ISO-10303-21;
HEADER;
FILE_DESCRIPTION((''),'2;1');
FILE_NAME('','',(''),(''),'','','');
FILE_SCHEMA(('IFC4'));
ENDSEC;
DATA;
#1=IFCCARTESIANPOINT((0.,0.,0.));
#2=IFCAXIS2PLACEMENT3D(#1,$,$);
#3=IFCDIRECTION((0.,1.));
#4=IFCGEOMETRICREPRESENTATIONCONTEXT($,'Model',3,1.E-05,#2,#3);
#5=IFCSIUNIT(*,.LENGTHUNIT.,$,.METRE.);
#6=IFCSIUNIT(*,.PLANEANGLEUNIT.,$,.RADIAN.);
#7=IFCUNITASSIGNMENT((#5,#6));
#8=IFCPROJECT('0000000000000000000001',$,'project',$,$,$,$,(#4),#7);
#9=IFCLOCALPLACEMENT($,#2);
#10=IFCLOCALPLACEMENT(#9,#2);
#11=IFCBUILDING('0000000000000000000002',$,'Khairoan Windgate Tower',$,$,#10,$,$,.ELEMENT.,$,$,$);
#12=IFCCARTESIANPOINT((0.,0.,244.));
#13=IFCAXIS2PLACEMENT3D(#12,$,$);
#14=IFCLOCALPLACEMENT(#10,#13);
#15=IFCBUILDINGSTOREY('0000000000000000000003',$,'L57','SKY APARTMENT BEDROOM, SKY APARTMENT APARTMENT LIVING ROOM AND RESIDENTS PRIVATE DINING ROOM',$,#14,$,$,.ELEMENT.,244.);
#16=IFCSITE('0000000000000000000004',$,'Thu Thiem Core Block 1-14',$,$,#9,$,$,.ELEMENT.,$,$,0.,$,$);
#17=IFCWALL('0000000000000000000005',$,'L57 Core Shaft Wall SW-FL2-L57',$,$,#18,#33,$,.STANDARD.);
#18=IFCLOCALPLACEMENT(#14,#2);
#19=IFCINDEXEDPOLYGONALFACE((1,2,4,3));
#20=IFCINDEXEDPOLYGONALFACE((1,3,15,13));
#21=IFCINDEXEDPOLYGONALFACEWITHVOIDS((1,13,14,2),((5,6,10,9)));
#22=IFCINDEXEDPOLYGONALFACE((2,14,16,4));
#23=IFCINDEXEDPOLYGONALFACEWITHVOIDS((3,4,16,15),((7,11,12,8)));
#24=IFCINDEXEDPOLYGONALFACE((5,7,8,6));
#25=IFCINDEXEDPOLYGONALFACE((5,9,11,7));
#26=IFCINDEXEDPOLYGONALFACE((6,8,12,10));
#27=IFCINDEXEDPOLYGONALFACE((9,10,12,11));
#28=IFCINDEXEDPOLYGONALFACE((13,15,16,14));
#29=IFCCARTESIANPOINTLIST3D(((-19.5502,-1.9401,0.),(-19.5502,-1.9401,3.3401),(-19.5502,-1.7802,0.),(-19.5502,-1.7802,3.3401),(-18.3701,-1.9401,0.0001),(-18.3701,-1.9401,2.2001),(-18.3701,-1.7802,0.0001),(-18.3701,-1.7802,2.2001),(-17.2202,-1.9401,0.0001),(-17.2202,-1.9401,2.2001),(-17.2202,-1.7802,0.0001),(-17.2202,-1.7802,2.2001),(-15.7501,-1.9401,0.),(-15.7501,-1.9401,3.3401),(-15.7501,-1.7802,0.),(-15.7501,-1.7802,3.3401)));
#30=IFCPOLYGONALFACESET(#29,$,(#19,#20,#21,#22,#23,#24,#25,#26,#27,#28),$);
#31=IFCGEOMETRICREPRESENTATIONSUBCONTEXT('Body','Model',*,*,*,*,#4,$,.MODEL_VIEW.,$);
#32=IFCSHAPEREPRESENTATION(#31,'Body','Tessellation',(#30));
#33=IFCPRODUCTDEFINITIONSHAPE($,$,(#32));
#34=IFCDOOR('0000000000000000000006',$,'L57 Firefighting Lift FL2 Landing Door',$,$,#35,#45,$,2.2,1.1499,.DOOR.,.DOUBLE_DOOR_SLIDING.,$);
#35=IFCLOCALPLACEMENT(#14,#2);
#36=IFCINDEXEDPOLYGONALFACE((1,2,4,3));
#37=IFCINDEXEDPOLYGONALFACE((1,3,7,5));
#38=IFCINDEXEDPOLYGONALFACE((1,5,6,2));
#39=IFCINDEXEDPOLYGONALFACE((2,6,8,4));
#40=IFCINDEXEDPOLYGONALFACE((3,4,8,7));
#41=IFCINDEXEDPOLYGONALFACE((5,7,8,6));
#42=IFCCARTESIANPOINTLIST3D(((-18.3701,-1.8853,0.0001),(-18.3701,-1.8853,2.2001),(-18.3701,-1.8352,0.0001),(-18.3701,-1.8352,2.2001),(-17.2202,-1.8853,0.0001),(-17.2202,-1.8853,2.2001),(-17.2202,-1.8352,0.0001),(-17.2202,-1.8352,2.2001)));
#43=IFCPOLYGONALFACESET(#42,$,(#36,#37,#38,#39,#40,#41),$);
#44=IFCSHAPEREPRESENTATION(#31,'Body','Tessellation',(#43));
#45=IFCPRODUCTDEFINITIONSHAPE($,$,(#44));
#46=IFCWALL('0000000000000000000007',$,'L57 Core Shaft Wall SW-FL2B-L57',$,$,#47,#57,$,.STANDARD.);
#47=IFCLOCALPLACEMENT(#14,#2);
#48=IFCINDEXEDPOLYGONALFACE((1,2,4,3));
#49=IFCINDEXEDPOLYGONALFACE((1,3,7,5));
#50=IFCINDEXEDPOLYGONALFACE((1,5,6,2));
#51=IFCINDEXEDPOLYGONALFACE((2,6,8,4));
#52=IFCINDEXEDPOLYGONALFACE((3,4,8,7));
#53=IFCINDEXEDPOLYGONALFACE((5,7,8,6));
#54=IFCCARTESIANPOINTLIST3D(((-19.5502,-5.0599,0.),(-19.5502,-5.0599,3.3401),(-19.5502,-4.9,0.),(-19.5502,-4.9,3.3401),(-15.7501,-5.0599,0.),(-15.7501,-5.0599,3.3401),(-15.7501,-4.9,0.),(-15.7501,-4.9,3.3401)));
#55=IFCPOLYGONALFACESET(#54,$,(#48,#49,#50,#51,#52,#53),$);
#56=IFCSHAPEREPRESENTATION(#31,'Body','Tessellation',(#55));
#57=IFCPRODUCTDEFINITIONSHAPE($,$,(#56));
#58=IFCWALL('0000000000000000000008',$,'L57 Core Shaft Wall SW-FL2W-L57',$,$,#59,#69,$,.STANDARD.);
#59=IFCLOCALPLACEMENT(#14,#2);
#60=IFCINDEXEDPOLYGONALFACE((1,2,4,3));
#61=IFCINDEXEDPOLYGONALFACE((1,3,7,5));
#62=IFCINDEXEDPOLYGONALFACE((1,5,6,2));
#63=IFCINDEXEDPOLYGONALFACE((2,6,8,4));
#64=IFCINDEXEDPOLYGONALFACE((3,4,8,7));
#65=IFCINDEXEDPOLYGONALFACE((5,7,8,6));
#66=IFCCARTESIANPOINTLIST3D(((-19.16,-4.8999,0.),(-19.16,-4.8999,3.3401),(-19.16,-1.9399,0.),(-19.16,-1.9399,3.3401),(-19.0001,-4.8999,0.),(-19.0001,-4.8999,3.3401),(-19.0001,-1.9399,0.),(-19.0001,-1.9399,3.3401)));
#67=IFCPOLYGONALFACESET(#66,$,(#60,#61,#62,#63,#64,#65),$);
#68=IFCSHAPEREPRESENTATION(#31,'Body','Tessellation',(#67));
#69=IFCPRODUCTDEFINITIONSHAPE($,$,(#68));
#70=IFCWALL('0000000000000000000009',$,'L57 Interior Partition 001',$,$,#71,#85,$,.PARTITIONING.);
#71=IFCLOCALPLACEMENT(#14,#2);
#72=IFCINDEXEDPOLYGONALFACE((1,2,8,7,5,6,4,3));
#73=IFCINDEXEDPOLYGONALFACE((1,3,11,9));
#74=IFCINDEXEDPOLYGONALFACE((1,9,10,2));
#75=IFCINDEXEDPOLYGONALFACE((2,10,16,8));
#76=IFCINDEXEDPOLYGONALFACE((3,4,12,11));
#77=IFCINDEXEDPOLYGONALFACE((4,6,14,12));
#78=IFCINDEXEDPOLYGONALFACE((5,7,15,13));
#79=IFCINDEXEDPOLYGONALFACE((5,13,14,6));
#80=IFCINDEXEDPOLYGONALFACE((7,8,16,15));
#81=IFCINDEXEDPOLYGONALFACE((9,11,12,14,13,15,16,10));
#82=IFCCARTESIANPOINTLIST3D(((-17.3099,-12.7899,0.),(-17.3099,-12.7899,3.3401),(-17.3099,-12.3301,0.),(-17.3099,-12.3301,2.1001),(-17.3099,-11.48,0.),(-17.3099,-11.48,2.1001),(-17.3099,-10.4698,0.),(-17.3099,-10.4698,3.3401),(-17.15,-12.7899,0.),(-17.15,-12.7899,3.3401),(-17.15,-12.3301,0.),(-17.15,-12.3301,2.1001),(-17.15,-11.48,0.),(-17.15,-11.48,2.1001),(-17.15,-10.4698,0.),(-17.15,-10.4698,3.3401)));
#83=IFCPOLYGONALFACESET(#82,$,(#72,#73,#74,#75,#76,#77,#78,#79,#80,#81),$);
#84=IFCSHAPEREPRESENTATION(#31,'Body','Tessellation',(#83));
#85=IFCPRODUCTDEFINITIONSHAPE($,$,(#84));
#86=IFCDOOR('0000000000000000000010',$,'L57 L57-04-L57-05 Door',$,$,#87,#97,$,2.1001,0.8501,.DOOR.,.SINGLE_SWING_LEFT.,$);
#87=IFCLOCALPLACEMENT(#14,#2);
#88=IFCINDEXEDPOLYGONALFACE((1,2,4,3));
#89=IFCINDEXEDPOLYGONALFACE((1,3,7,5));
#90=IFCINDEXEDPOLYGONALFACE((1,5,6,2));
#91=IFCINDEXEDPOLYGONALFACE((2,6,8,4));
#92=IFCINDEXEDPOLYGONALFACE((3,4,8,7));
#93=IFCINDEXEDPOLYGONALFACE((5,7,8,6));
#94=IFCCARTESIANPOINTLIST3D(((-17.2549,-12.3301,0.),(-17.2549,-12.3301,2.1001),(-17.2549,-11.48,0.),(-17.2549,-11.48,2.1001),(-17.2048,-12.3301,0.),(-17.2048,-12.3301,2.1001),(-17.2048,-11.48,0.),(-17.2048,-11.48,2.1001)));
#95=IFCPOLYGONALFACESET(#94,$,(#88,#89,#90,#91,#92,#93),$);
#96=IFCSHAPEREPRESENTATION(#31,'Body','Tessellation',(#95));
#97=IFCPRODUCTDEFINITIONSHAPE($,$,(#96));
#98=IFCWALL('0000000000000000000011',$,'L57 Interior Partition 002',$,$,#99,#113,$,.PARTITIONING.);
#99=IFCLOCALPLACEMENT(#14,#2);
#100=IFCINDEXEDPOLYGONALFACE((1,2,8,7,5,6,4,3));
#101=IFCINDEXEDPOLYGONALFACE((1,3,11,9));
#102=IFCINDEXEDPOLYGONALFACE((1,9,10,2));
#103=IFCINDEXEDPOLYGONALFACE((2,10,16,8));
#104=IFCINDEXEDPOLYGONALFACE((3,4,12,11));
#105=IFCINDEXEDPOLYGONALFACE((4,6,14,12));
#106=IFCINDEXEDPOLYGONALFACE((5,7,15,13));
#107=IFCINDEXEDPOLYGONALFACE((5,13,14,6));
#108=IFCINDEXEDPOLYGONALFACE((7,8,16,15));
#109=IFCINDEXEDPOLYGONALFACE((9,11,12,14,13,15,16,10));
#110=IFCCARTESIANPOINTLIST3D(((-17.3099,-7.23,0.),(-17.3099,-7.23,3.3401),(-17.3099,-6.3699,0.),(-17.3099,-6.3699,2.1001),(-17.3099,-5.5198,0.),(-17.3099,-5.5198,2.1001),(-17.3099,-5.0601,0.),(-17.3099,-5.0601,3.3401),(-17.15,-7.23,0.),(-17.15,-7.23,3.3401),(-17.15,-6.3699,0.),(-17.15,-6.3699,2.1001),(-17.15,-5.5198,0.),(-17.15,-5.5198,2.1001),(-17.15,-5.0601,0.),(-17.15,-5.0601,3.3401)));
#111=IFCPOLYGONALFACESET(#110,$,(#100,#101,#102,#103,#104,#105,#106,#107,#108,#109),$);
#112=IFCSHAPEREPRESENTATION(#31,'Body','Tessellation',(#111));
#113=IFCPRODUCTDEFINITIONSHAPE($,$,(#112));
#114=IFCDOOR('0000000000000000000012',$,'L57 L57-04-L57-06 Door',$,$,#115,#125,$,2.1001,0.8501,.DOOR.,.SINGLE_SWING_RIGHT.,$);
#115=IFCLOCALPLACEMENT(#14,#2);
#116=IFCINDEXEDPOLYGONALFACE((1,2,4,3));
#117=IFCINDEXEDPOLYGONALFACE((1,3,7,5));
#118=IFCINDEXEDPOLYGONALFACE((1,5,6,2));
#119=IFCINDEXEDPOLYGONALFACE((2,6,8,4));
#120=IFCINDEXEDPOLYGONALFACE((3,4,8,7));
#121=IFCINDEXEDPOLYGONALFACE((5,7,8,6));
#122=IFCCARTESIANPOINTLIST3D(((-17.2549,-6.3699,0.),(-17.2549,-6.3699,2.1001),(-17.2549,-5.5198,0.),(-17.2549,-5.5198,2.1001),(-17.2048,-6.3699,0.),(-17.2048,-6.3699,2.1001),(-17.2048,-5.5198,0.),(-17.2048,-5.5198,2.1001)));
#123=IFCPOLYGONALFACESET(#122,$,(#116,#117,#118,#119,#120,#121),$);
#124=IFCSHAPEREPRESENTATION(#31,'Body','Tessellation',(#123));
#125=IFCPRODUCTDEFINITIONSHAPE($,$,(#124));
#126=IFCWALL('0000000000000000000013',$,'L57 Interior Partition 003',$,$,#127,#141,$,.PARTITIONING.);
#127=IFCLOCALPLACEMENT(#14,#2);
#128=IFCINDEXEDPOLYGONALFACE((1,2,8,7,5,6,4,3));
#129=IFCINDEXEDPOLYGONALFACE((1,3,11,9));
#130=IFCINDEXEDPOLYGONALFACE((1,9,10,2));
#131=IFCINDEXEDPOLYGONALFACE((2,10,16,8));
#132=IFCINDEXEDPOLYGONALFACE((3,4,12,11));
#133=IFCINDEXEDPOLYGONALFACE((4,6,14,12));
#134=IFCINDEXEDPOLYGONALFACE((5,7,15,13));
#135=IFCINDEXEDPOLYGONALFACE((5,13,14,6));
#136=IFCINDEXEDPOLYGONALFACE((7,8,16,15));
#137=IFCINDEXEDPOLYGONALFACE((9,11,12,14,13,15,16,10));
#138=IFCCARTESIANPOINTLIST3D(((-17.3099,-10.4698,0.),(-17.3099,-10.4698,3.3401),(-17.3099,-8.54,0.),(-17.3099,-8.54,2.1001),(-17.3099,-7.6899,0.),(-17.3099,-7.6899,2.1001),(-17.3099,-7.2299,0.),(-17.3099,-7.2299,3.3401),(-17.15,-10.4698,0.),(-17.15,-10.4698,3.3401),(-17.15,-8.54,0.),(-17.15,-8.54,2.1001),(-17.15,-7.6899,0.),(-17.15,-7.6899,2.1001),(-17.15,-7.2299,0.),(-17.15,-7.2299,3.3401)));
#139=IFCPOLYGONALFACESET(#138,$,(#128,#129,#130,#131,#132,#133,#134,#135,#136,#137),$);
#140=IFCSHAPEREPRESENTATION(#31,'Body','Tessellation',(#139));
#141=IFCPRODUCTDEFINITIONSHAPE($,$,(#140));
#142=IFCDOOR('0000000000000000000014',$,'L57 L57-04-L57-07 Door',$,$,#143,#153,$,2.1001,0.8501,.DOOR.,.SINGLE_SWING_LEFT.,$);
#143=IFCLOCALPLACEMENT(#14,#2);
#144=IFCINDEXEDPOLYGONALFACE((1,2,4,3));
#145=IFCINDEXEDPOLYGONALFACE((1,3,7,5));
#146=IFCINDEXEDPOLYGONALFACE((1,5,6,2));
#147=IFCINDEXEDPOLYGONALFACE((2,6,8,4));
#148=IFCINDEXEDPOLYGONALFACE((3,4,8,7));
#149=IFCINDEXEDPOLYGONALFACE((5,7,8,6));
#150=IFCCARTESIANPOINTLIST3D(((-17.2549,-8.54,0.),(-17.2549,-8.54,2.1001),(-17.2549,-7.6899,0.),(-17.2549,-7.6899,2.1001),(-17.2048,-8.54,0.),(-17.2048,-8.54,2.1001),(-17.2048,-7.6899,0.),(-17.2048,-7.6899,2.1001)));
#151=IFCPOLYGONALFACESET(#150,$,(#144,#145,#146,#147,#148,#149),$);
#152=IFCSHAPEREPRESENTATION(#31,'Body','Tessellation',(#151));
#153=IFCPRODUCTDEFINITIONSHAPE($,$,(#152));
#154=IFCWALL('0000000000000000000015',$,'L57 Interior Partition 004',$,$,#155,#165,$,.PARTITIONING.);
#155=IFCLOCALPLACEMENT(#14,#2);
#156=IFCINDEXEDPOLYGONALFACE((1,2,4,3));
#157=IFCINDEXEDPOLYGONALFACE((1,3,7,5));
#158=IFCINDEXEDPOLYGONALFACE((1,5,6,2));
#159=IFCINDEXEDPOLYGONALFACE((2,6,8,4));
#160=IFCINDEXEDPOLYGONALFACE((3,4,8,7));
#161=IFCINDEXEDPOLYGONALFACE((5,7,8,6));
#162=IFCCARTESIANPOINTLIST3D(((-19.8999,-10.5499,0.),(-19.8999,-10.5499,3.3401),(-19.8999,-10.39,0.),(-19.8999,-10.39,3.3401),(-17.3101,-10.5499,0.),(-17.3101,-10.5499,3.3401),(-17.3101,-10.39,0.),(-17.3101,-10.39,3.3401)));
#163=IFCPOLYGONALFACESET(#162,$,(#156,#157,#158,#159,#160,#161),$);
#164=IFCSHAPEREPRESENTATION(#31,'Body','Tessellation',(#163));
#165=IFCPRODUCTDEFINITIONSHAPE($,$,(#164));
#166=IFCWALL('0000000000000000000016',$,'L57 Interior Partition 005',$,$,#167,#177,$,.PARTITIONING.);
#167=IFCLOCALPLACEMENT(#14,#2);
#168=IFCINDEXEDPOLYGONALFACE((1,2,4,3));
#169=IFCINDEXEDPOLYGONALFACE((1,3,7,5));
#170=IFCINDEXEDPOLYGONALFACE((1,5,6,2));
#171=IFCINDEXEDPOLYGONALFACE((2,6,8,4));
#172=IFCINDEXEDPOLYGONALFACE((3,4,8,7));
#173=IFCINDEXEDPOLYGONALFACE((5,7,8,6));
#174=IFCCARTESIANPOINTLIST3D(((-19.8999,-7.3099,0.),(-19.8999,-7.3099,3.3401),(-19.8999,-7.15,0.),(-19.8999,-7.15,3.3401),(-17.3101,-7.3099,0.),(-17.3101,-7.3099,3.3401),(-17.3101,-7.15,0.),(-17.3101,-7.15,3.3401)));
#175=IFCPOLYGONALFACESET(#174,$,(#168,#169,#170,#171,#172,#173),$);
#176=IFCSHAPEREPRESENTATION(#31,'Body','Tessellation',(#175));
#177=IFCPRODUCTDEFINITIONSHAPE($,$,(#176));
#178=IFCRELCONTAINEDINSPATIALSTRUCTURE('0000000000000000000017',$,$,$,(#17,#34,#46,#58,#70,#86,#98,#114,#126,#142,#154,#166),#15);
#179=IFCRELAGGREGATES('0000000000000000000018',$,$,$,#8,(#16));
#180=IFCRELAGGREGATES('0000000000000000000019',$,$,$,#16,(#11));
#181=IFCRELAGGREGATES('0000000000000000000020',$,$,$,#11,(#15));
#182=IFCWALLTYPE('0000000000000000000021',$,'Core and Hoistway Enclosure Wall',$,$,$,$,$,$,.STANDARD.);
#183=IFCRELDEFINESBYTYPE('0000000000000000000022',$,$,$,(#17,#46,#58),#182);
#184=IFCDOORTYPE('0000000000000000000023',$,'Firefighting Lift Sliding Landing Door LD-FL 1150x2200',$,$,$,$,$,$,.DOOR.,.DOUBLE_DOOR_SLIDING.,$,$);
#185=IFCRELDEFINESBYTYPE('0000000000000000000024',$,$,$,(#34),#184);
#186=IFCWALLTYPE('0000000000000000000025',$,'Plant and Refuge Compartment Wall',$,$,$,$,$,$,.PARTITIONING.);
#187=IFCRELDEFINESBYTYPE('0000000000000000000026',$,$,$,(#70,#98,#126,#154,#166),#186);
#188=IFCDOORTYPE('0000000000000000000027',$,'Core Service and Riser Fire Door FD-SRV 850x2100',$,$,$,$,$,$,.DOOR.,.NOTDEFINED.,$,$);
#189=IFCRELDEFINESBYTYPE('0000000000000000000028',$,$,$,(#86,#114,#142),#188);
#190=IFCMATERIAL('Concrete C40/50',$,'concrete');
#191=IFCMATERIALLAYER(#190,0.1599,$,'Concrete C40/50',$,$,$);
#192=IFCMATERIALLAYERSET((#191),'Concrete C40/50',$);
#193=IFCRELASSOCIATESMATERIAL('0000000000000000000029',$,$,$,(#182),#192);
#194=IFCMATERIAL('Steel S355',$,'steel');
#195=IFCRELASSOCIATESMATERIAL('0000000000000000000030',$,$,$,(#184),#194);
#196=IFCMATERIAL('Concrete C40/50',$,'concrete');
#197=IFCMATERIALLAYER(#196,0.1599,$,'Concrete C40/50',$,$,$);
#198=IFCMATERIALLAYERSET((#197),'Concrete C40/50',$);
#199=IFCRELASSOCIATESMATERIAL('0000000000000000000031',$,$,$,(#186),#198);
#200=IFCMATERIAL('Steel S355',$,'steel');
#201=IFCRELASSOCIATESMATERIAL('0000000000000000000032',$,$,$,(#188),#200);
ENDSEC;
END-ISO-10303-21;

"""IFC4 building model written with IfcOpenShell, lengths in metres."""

from ifc_helpers import new_model, si_unit, direction, frame, frame_2d, origin, place, context, subcontext, project, spatial, rectangle, extrude, material, layer, layer_set, type_object, element, fill, save


model = new_model("IFC4")

# Units and contexts
model_context = context("Model", 3, precision=1e-05, world=origin(), true_north=direction((0.0, 1.0)))
body_context = subcontext(model_context, "Body", "Model", "MODEL_VIEW")
ifc_project = project(units=[si_unit("LENGTHUNIT", "METRE"), si_unit("PLANEANGLEUNIT", "RADIAN")], contexts=[model_context])

# Site, building, storey
site_placement = place(None, origin())
site = spatial("IfcSite", under=ifc_project, at=site_placement, Name="Thu Thiem Core Block 1-14", CompositionType="ELEMENT", RefElevation=0.0)
building_placement = place(site_placement, origin())
building = spatial("IfcBuilding", under=site, at=building_placement, Name="Khairoan Windgate Tower", CompositionType="ELEMENT")
storey_placement = place(building_placement, frame((0.0, 0.0, 244.0)))
storey = spatial("IfcBuildingStorey", under=building, at=storey_placement, Name="L57", Description="SKY APARTMENT BEDROOM, SKY APARTMENT APARTMENT LIVING ROOM AND RESIDENTS PRIVATE DINING ROOM", CompositionType="ELEMENT", Elevation=244.0)

# Wall, opening, door
ifc_material_1 = material(Name="Concrete C40/50", Category="concrete")
ifc_layer_1 = layer(ifc_material_1, 0.1599, Name="Concrete C40/50")
ifc_layer_set_1 = layer_set([ifc_layer_1], Name="Concrete C40/50")
wall_type_1 = type_object("IfcWallType", Name="Core and Hoistway Enclosure Wall", PredefinedType="STANDARD", material=ifc_layer_set_1)
wall_1_placement = place(storey_placement, frame((-19.55, -1.8601, 0.0), z_axis=(0.0, 0.0, 1.0), x_axis=(1.0, 0.0, 0.0)))
wall_1 = element("IfcWall", 1, at=wall_1_placement, inside=storey, type_object=wall_type_1, Name="L57 Core Shaft Wall SW-FL2-L57", PredefinedType="STANDARD", context=body_context, shape_type="SweptSolid", body=[
    extrude(rectangle(XDim=3.8, YDim=0.1599, at=frame_2d((1.8999, 0.0))), origin(), (0.0, 0.0, 1.0), 3.3401),
])
opening_1_placement = place(wall_1_placement, frame((1.1799, 0.0, 0.0)))
opening_1 = element("IfcOpeningElement", 2, at=opening_1_placement, cuts=wall_1, PredefinedType="OPENING", context=body_context, shape_type="SweptSolid", body=[
    extrude(rectangle(XDim=1.1499, YDim=2.2, at=frame_2d((0.575, 1.1001))), frame((0.0, 0.0898, 0.0), z_axis=(0.0, -1.0, 0.0), x_axis=(1.0, 0.0, 0.0)), (0.0, 0.0, 1.0), 0.1799),
])
ifc_material_2 = material(Name="Steel S355", Category="steel")
door_type_1 = type_object("IfcDoorType", Name="Firefighting Lift Sliding Landing Door LD-FL 1150x2200", OperationType="DOUBLE_DOOR_SLIDING", PredefinedType="DOOR", material=ifc_material_2)
door_1_placement = place(opening_1_placement, origin())
door_1 = element("IfcDoor", 3, at=door_1_placement, inside=storey, type_object=door_type_1, Name="L57 Firefighting Lift FL2 Landing Door", OperationType="DOUBLE_DOOR_SLIDING", OverallHeight=2.2, OverallWidth=1.1499, PredefinedType="DOOR", context=body_context, shape_type="SweptSolid", body=[
    extrude(rectangle(XDim=1.1499, YDim=2.2, at=frame_2d((0.575, 1.1001))), frame((0.0, 0.0249, 0.0), z_axis=(0.0, -1.0, 0.0), x_axis=(1.0, 0.0, 0.0)), (0.0, 0.0, 1.0), 0.05),
])
fill(opening_1, door_1)

# Walls
wall_2_placement = place(storey_placement, frame((-19.55, -4.98, 0.0), z_axis=(0.0, 0.0, 1.0), x_axis=(1.0, 0.0, 0.0)))
element("IfcWall", 4, at=wall_2_placement, inside=storey, type_object=wall_type_1, Name="L57 Core Shaft Wall SW-FL2B-L57", PredefinedType="STANDARD", context=body_context, shape_type="SweptSolid", body=[
    extrude(rectangle(XDim=3.8, YDim=0.1599, at=frame_2d((1.8999, 0.0))), origin(), (0.0, 0.0, 1.0), 3.3401),
])
wall_3_placement = place(storey_placement, frame((-19.0801, -4.8999, 0.0), z_axis=(0.0, 0.0, 1.0), x_axis=(0.0, 1.0, 0.0)))
element("IfcWall", 5, at=wall_3_placement, inside=storey, type_object=wall_type_1, Name="L57 Core Shaft Wall SW-FL2W-L57", PredefinedType="STANDARD", context=body_context, shape_type="SweptSolid", body=[
    extrude(rectangle(XDim=2.96, YDim=0.1599, at=frame_2d((1.48, 0.0))), origin(), (0.0, 0.0, 1.0), 3.3401),
])

# Walls, openings, doors
ifc_material_3 = material(Name="Concrete C40/50", Category="concrete")
ifc_layer_2 = layer(ifc_material_3, 0.1599, Name="Concrete C40/50")
ifc_layer_set_2 = layer_set([ifc_layer_2], Name="Concrete C40/50")
wall_type_2 = type_object("IfcWallType", Name="Plant and Refuge Compartment Wall", PredefinedType="PARTITIONING", material=ifc_layer_set_2)
wall_4_placement = place(storey_placement, frame((-17.23, -12.79, 0.0), z_axis=(0.0, 0.0, 1.0), x_axis=(0.0, 1.0, 0.0)))
wall_4 = element("IfcWall", 6, at=wall_4_placement, inside=storey, type_object=wall_type_2, Name="L57 Interior Partition 001", PredefinedType="PARTITIONING", context=body_context, shape_type="SweptSolid", body=[
    extrude(rectangle(XDim=2.3201, YDim=0.1599, at=frame_2d((1.1602, 0.0))), origin(), (0.0, 0.0, 1.0), 3.3401),
])
opening_2_placement = place(wall_4_placement, frame((0.46, 0.0, 0.0)))
opening_2 = element("IfcOpeningElement", 7, at=opening_2_placement, cuts=wall_4, PredefinedType="OPENING", context=body_context, shape_type="SweptSolid", body=[
    extrude(rectangle(XDim=0.8501, YDim=2.1001, at=frame_2d((0.425, 1.05))), frame((0.0, 0.0898, 0.0), z_axis=(0.0, -1.0, 0.0), x_axis=(1.0, 0.0, 0.0)), (0.0, 0.0, 1.0), 0.1799),
])
ifc_material_4 = material(Name="Steel S355", Category="steel")
door_type_2 = type_object("IfcDoorType", Name="Core Service and Riser Fire Door FD-SRV 850x2100", OperationType="NOTDEFINED", PredefinedType="DOOR", material=ifc_material_4)
door_2_placement = place(opening_2_placement, origin())
door_2 = element("IfcDoor", 8, at=door_2_placement, inside=storey, type_object=door_type_2, Name="L57 L57-04-L57-05 Door", OperationType="SINGLE_SWING_LEFT", OverallHeight=2.1001, OverallWidth=0.8501, PredefinedType="DOOR", context=body_context, shape_type="SweptSolid", body=[
    extrude(rectangle(XDim=0.8501, YDim=2.1001, at=frame_2d((0.425, 1.05))), frame((0.0, 0.0249, 0.0), z_axis=(0.0, -1.0, 0.0), x_axis=(1.0, 0.0, 0.0)), (0.0, 0.0, 1.0), 0.05),
])
fill(opening_2, door_2)
wall_5_placement = place(storey_placement, frame((-17.23, -7.23, 0.0), z_axis=(0.0, 0.0, 1.0), x_axis=(0.0, 1.0, 0.0)))
wall_5 = element("IfcWall", 9, at=wall_5_placement, inside=storey, type_object=wall_type_2, Name="L57 Interior Partition 002", PredefinedType="PARTITIONING", context=body_context, shape_type="SweptSolid", body=[
    extrude(rectangle(XDim=2.1699, YDim=0.1599, at=frame_2d((1.085, 0.0))), origin(), (0.0, 0.0, 1.0), 3.3401),
])
opening_3_placement = place(wall_5_placement, frame((0.8601, 0.0, 0.0)))
opening_3 = element("IfcOpeningElement", 10, at=opening_3_placement, cuts=wall_5, PredefinedType="OPENING", context=body_context, shape_type="SweptSolid", body=[
    extrude(rectangle(XDim=0.8501, YDim=2.1001, at=frame_2d((0.425, 1.05))), frame((0.0, 0.0898, 0.0), z_axis=(0.0, -1.0, 0.0), x_axis=(1.0, 0.0, 0.0)), (0.0, 0.0, 1.0), 0.1799),
])
door_3_placement = place(opening_3_placement, origin())
door_3 = element("IfcDoor", 11, at=door_3_placement, inside=storey, type_object=door_type_2, Name="L57 L57-04-L57-06 Door", OperationType="SINGLE_SWING_RIGHT", OverallHeight=2.1001, OverallWidth=0.8501, PredefinedType="DOOR", context=body_context, shape_type="SweptSolid", body=[
    extrude(rectangle(XDim=0.8501, YDim=2.1001, at=frame_2d((0.425, 1.05))), frame((0.0, 0.0249, 0.0), z_axis=(0.0, -1.0, 0.0), x_axis=(1.0, 0.0, 0.0)), (0.0, 0.0, 1.0), 0.05),
])
fill(opening_3, door_3)
wall_6_placement = place(storey_placement, frame((-17.23, -10.47, 0.0), z_axis=(0.0, 0.0, 1.0), x_axis=(0.0, 1.0, 0.0)))
wall_6 = element("IfcWall", 12, at=wall_6_placement, inside=storey, type_object=wall_type_2, Name="L57 Interior Partition 003", PredefinedType="PARTITIONING", context=body_context, shape_type="SweptSolid", body=[
    extrude(rectangle(XDim=3.24, YDim=0.1599, at=frame_2d((1.6201, 0.0))), origin(), (0.0, 0.0, 1.0), 3.3401),
])
opening_4_placement = place(wall_6_placement, frame((1.9299, 0.0, 0.0)))
opening_4 = element("IfcOpeningElement", 13, at=opening_4_placement, cuts=wall_6, PredefinedType="OPENING", context=body_context, shape_type="SweptSolid", body=[
    extrude(rectangle(XDim=0.8501, YDim=2.1001, at=frame_2d((0.425, 1.05))), frame((0.0, 0.0898, 0.0), z_axis=(0.0, -1.0, 0.0), x_axis=(1.0, 0.0, 0.0)), (0.0, 0.0, 1.0), 0.1799),
])
door_4_placement = place(opening_4_placement, origin())
door_4 = element("IfcDoor", 14, at=door_4_placement, inside=storey, type_object=door_type_2, Name="L57 L57-04-L57-07 Door", OperationType="SINGLE_SWING_LEFT", OverallHeight=2.1001, OverallWidth=0.8501, PredefinedType="DOOR", context=body_context, shape_type="SweptSolid", body=[
    extrude(rectangle(XDim=0.8501, YDim=2.1001, at=frame_2d((0.425, 1.05))), frame((0.0, 0.0249, 0.0), z_axis=(0.0, -1.0, 0.0), x_axis=(1.0, 0.0, 0.0)), (0.0, 0.0, 1.0), 0.05),
])
fill(opening_4, door_4)

# Walls
for number, where, z_axis, x_axis, name in (
    (15, (-19.8999, -10.47, 0.0), (0.0, 0.0, 1.0), (1.0, 0.0, 0.0), "L57 Interior Partition 004"),
    (16, (-19.8999, -7.23, 0.0), (0.0, 0.0, 1.0), (1.0, 0.0, 0.0), "L57 Interior Partition 005"),
):
    element("IfcWall", number, at=place(storey_placement, frame(where, z_axis=z_axis, x_axis=x_axis)), inside=storey, type_object=wall_type_2, Name=name, PredefinedType="PARTITIONING", context=body_context, shape_type="SweptSolid", body=[
        extrude(rectangle(XDim=2.5898, YDim=0.1599, at=frame_2d((1.2949, 0.0))), origin(), (0.0, 0.0, 1.0), 3.3401),
    ])

save(model, "model.ifc")
